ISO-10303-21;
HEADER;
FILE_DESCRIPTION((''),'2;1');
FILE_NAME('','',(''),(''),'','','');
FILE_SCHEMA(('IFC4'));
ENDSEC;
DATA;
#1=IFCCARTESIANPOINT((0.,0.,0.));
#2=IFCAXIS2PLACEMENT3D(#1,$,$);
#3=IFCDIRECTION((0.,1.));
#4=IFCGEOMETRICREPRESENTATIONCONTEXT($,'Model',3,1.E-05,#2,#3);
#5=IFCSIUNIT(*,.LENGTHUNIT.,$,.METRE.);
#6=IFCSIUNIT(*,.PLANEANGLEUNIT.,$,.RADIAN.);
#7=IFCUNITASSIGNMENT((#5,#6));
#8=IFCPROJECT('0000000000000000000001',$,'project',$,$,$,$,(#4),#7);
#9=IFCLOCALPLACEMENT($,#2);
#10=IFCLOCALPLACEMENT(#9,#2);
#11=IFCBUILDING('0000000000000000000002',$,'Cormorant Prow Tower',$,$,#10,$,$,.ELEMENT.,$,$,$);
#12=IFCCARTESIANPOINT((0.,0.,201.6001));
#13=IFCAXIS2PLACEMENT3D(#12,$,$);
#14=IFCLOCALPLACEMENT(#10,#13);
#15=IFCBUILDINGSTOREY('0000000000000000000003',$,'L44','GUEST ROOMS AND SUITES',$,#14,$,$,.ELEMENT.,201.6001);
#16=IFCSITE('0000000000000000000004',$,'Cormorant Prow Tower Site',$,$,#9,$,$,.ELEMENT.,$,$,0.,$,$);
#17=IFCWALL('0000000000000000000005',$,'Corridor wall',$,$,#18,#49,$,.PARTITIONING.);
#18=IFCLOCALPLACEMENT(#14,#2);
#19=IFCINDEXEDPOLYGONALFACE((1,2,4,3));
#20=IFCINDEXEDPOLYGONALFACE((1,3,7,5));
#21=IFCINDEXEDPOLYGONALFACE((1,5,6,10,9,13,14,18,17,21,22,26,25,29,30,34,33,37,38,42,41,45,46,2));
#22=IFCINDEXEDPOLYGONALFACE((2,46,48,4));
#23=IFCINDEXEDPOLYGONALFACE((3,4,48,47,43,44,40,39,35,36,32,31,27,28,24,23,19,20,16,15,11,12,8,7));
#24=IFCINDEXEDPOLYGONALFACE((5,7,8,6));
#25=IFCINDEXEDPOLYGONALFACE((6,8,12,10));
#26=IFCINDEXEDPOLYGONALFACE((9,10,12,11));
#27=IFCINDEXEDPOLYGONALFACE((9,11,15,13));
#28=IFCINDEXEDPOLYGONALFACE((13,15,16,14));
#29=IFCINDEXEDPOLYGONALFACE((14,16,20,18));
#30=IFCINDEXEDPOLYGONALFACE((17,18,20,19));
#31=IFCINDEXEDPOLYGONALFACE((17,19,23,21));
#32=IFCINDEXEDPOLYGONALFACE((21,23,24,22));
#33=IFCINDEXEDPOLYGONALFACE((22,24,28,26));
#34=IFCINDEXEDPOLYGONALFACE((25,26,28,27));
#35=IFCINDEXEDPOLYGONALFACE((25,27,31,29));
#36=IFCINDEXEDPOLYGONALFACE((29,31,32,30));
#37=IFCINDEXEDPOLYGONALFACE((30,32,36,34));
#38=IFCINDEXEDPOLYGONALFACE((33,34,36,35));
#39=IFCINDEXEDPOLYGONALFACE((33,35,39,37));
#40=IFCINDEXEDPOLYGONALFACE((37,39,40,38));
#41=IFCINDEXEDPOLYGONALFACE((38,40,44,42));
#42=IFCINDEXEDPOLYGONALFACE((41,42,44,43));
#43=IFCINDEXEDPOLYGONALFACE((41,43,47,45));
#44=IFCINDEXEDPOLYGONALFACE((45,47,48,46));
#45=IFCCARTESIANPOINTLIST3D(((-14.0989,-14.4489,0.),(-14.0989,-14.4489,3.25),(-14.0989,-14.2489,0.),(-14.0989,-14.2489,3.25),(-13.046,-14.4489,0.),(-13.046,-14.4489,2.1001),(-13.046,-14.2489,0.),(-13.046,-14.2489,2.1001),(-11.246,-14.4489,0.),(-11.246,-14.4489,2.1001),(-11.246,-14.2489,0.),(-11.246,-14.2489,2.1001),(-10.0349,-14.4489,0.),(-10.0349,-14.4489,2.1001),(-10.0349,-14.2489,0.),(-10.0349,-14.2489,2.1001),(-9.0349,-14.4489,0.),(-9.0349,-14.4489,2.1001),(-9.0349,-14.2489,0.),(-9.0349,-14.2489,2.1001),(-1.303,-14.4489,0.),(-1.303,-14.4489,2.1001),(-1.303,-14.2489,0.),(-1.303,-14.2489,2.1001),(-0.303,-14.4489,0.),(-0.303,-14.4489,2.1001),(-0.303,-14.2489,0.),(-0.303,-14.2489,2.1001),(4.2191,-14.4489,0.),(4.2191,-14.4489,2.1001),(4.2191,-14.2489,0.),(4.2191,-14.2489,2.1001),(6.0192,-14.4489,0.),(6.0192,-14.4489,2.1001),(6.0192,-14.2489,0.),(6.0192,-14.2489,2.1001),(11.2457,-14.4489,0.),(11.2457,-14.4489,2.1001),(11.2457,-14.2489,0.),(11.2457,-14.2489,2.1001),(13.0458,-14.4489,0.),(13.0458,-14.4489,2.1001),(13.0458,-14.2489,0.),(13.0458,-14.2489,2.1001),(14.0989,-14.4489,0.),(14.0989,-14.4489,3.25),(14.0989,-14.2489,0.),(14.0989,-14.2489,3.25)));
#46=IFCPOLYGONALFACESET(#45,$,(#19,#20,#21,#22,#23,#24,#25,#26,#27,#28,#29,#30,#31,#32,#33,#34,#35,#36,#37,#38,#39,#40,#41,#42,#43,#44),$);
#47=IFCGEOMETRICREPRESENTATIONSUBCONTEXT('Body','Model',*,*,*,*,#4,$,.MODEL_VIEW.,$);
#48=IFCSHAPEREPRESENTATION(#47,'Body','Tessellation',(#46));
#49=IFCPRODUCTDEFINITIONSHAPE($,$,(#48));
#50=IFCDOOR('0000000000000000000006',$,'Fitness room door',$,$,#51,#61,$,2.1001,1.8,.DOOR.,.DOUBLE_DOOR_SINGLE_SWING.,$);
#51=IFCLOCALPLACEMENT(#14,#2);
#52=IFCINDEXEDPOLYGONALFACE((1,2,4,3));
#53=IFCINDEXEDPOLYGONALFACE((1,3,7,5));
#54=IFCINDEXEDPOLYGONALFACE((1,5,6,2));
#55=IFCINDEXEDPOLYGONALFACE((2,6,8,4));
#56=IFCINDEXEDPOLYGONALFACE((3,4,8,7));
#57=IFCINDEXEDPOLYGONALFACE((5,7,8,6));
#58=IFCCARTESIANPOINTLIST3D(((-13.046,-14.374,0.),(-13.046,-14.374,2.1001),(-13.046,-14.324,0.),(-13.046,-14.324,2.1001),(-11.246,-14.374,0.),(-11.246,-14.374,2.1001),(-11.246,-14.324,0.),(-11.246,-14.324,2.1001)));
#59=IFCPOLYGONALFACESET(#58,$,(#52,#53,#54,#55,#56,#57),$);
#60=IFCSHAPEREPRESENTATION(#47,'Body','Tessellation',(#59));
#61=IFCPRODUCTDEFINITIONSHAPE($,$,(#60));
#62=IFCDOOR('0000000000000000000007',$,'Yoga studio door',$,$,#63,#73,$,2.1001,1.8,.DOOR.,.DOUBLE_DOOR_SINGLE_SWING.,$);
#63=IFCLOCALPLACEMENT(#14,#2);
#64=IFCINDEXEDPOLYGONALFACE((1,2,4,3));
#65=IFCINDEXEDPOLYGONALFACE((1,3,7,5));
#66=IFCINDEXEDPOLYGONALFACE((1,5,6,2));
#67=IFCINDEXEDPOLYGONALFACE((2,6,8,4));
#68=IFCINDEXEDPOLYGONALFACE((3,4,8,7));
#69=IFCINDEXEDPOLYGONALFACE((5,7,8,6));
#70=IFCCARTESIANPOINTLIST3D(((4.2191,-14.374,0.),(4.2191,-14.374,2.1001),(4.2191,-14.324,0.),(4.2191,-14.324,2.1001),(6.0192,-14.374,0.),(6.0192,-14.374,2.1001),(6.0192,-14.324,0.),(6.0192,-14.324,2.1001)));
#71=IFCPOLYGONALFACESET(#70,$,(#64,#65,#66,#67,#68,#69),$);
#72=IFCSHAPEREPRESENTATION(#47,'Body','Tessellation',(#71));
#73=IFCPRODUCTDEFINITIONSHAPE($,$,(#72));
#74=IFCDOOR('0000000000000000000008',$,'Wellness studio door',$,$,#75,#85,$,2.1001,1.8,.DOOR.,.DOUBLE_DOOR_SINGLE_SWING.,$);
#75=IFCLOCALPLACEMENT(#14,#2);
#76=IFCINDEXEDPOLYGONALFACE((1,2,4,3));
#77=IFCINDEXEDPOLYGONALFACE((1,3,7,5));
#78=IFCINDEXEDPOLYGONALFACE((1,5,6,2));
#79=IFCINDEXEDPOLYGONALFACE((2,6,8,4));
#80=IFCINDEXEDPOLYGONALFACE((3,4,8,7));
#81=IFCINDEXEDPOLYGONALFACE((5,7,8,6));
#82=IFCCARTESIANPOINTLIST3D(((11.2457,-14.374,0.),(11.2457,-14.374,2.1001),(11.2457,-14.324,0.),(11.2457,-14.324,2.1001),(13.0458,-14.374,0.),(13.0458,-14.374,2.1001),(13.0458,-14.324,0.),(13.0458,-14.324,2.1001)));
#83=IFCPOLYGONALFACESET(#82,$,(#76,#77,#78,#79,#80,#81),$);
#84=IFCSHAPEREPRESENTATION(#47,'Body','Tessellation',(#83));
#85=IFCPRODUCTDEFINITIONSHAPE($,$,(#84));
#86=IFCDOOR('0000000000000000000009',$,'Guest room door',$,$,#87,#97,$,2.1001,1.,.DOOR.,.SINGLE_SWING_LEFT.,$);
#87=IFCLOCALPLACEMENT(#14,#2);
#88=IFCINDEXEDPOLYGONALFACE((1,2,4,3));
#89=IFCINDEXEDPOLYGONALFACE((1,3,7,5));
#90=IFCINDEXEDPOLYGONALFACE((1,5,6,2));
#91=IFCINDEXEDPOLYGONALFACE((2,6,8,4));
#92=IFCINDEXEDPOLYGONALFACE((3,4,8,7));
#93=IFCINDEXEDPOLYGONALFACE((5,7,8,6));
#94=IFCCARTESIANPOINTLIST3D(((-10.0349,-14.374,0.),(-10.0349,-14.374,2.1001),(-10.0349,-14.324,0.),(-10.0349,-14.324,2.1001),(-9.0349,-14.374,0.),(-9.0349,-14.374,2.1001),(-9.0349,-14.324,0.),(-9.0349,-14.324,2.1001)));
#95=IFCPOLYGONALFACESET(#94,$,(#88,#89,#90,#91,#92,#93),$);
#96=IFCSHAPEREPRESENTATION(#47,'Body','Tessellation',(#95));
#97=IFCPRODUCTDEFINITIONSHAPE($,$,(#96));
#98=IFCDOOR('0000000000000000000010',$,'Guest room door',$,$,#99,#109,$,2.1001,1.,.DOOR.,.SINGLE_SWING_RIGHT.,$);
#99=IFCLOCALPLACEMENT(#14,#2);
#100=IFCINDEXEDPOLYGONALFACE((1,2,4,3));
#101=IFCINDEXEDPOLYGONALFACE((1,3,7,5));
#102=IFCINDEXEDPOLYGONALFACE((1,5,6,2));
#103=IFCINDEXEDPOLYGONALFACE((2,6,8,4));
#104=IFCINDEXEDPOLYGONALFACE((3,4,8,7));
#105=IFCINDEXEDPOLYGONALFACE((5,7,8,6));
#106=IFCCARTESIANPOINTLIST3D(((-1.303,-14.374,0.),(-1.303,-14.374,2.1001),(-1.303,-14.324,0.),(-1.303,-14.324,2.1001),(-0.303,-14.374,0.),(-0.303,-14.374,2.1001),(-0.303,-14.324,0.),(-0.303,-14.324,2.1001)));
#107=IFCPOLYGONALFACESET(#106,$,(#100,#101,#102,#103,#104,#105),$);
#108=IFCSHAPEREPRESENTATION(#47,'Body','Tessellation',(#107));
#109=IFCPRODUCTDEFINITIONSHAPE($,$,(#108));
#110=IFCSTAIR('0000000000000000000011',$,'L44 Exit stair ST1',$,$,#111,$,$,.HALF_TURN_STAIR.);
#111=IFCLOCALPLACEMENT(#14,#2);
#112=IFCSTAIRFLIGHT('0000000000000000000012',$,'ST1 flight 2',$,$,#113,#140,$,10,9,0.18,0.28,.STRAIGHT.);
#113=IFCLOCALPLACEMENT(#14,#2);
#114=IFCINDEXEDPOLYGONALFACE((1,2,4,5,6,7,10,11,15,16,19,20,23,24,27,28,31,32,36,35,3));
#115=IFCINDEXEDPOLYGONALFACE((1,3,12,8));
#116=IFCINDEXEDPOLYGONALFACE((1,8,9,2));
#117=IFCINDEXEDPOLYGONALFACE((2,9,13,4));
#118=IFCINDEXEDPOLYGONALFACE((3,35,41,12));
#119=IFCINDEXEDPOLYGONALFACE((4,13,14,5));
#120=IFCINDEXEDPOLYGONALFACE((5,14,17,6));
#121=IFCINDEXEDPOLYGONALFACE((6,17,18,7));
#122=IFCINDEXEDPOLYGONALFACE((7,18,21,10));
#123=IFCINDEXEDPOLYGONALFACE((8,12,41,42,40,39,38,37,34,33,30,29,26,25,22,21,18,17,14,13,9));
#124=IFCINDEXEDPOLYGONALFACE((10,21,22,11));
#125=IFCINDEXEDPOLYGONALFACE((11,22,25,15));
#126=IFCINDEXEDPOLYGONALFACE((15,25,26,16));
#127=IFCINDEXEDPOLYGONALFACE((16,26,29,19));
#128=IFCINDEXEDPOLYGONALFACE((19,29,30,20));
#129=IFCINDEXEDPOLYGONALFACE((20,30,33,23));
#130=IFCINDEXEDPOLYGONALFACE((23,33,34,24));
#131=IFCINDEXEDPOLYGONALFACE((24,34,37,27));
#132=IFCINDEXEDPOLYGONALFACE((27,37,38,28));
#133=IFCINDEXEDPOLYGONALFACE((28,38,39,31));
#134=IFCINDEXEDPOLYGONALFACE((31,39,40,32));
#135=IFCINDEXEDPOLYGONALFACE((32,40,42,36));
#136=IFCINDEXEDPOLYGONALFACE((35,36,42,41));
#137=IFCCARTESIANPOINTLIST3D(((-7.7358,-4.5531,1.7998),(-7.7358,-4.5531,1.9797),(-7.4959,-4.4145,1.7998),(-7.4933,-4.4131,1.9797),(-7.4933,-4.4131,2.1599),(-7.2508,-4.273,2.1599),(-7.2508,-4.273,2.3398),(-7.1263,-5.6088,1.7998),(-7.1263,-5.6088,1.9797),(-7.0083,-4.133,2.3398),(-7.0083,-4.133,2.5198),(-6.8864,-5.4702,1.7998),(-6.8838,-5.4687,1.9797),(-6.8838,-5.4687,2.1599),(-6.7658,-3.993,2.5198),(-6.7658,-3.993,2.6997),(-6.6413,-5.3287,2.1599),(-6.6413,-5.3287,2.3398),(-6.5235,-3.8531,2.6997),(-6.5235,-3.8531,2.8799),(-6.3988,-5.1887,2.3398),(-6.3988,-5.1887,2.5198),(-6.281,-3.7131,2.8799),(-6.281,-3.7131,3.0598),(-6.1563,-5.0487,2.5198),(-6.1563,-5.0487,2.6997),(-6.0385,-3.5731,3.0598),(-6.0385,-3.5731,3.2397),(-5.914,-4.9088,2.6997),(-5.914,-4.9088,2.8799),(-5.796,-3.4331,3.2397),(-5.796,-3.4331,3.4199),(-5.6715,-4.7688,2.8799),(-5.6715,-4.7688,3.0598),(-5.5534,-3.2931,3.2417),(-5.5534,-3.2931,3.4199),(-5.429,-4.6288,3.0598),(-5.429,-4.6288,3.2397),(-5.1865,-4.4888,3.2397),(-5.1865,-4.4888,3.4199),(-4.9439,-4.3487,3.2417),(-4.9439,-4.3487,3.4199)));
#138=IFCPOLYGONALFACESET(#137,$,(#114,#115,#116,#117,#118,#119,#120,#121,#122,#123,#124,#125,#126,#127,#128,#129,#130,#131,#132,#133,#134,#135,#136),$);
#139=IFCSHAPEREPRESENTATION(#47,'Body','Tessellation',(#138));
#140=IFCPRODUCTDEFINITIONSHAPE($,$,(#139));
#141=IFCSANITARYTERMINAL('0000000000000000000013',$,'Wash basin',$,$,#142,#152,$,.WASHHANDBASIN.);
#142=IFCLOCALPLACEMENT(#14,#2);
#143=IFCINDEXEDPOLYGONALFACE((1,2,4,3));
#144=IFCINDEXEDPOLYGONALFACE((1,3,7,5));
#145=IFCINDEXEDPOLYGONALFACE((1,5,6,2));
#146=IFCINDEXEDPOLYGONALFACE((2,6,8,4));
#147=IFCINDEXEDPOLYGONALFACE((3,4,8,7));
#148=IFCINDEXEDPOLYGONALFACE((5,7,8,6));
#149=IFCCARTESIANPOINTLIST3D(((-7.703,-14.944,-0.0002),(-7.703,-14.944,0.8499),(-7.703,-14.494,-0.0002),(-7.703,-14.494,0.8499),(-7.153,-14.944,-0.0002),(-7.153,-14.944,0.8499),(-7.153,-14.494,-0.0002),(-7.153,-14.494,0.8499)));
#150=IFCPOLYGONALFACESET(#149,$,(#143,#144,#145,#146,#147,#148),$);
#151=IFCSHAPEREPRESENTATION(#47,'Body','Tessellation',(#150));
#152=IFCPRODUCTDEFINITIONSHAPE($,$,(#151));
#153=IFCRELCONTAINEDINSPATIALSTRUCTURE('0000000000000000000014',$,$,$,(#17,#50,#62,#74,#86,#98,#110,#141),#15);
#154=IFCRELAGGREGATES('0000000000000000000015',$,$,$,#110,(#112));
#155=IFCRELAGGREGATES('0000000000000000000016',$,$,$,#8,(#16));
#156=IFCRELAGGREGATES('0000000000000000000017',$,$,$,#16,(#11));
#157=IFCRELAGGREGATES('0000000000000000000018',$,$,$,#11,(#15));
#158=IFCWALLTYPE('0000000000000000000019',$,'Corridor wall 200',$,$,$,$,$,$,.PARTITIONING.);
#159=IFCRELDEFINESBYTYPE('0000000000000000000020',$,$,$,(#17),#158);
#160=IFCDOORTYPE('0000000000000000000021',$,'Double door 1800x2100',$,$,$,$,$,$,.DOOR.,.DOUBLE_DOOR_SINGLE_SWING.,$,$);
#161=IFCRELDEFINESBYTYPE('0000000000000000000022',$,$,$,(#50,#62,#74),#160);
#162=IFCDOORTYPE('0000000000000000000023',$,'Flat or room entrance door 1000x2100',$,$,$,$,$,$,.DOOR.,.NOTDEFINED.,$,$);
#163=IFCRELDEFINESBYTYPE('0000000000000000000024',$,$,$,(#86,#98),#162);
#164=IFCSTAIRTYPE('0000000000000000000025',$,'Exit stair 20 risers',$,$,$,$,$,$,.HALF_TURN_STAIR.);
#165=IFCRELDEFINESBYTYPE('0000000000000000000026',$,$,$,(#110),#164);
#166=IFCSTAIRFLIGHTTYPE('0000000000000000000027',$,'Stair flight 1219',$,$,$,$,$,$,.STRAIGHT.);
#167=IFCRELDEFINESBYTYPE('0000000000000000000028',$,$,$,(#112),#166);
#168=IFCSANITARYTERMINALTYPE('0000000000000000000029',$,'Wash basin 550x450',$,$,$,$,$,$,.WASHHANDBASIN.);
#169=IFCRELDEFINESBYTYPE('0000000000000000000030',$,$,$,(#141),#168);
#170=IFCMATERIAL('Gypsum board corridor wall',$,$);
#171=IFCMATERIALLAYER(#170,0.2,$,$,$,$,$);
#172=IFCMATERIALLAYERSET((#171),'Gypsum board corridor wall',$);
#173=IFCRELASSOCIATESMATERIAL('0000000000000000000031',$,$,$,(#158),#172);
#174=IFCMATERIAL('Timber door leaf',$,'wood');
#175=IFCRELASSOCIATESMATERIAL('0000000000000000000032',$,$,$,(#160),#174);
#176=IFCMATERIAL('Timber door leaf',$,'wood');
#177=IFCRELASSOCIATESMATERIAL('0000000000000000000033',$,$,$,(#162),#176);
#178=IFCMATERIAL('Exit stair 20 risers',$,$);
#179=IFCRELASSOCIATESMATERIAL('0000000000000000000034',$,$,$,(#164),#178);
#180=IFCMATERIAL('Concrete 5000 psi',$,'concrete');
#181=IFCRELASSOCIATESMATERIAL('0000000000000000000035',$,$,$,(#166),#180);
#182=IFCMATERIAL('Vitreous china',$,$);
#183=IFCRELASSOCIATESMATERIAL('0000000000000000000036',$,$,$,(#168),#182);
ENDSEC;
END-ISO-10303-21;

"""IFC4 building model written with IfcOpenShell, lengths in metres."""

from ifc_helpers import new_model, si_unit, direction, frame, frame_2d, origin, origin_2d, place, context, subcontext, project, spatial, polyline, rectangle, outline, extrude, material, layer, layer_set, type_object, element, fill, aggregate, save


model = new_model("IFC4")

# Units and contexts
model_context = context("Model", 3, precision=1e-05, world=origin(), true_north=direction((0.0, 1.0)))
body_context = subcontext(model_context, "Body", "Model", "MODEL_VIEW")
ifc_project = project(units=[si_unit("LENGTHUNIT", "METRE"), si_unit("PLANEANGLEUNIT", "RADIAN")], contexts=[model_context])

# Site, building, storey
site_placement = place(None, origin())
site = spatial("IfcSite", under=ifc_project, at=site_placement, Name="Cormorant Prow Tower Site", CompositionType="ELEMENT", RefElevation=0.0)
building_placement = place(site_placement, origin())
building = spatial("IfcBuilding", under=site, at=building_placement, Name="Cormorant Prow Tower", CompositionType="ELEMENT")
storey_placement = place(building_placement, frame((0.0, 0.0, 201.6001)))
storey = spatial("IfcBuildingStorey", under=building, at=storey_placement, Name="L44", Description="GUEST ROOMS AND SUITES", CompositionType="ELEMENT", Elevation=201.6001)

# Wall, openings, doors
ifc_material_1 = material(Name="Gypsum board corridor wall")
ifc_layer_1 = layer(ifc_material_1, 0.2)
ifc_layer_set_1 = layer_set([ifc_layer_1], Name="Gypsum board corridor wall")
wall_type_1 = type_object("IfcWallType", Name="Corridor wall 200", PredefinedType="PARTITIONING", material=ifc_layer_set_1)
wall_1_placement = place(storey_placement, frame((-14.0989, -14.3489, 0.0), z_axis=(0.0, 0.0, 1.0), x_axis=(1.0, 0.0, 0.0)))
wall_1 = element("IfcWall", 1, at=wall_1_placement, inside=storey, type_object=wall_type_1, Name="Corridor wall", PredefinedType="PARTITIONING", context=body_context, shape_type="SweptSolid", body=[
    extrude(rectangle(XDim=28.1978, YDim=0.2, at=frame_2d((14.0989, 0.0))), origin(), (0.0, 0.0, 1.0), 3.25),
])
opening_1_placement = place(wall_1_placement, frame((1.053, 0.0, 0.0)))
opening_1 = element("IfcOpeningElement", 2, at=opening_1_placement, cuts=wall_1, PredefinedType="OPENING", context=body_context, shape_type="SweptSolid", body=[
    extrude(rectangle(XDim=1.8, YDim=2.1001, at=frame_2d((0.8999, 1.05))), frame((0.0, 0.1099, 0.0), z_axis=(0.0, -1.0, 0.0), x_axis=(1.0, 0.0, 0.0)), (0.0, 0.0, 1.0), 0.22),
])
opening_2_placement = place(wall_1_placement, frame((4.064, 0.0, 0.0)))
opening_2 = element("IfcOpeningElement", 3, at=opening_2_placement, cuts=wall_1, PredefinedType="OPENING", context=body_context, shape_type="SweptSolid", body=[
    extrude(rectangle(XDim=1.0, YDim=2.1001, at=frame_2d((0.5, 1.05))), frame((0.0, 0.1099, 0.0), z_axis=(0.0, -1.0, 0.0), x_axis=(1.0, 0.0, 0.0)), (0.0, 0.0, 1.0), 0.22),
])
opening_3_placement = place(wall_1_placement, frame((12.7959, 0.0, 0.0)))
opening_3 = element("IfcOpeningElement", 4, at=opening_3_placement, cuts=wall_1, PredefinedType="OPENING", context=body_context, shape_type="SweptSolid", body=[
    extrude(rectangle(XDim=1.0, YDim=2.1001, at=frame_2d((0.5, 1.05))), frame((0.0, 0.1099, 0.0), z_axis=(0.0, -1.0, 0.0), x_axis=(1.0, 0.0, 0.0)), (0.0, 0.0, 1.0), 0.22),
])
opening_4_placement = place(wall_1_placement, frame((18.3181, 0.0, 0.0)))
opening_4 = element("IfcOpeningElement", 5, at=opening_4_placement, cuts=wall_1, PredefinedType="OPENING", context=body_context, shape_type="SweptSolid", body=[
    extrude(rectangle(XDim=1.8, YDim=2.1001, at=frame_2d((0.8999, 1.05))), frame((0.0, 0.1099, 0.0), z_axis=(0.0, -1.0, 0.0), x_axis=(1.0, 0.0, 0.0)), (0.0, 0.0, 1.0), 0.22),
])
opening_5_placement = place(wall_1_placement, frame((25.3447, 0.0, 0.0)))
opening_5 = element("IfcOpeningElement", 6, at=opening_5_placement, cuts=wall_1, PredefinedType="OPENING", context=body_context, shape_type="SweptSolid", body=[
    extrude(rectangle(XDim=1.8, YDim=2.1001, at=frame_2d((0.8999, 1.05))), frame((0.0, 0.1099, 0.0), z_axis=(0.0, -1.0, 0.0), x_axis=(1.0, 0.0, 0.0)), (0.0, 0.0, 1.0), 0.22),
])
ifc_material_2 = material(Name="Timber door leaf", Category="wood")
door_type_1 = type_object("IfcDoorType", Name="Double door 1800x2100", OperationType="DOUBLE_DOOR_SINGLE_SWING", PredefinedType="DOOR", material=ifc_material_2)
door_1_placement = place(opening_1_placement, origin())
door_1 = element("IfcDoor", 7, at=door_1_placement, inside=storey, type_object=door_type_1, Name="Fitness room door", OperationType="DOUBLE_DOOR_SINGLE_SWING", OverallHeight=2.1001, OverallWidth=1.8, PredefinedType="DOOR", context=body_context, shape_type="SweptSolid", body=[
    extrude(rectangle(XDim=1.8, YDim=2.1001, at=frame_2d((0.8999, 1.05))), frame((0.0, 0.0249, 0.0), z_axis=(0.0, -1.0, 0.0), x_axis=(1.0, 0.0, 0.0)), (0.0, 0.0, 1.0), 0.05),
])
fill(opening_1, door_1)
door_2_placement = place(opening_4_placement, origin())
door_2 = element("IfcDoor", 8, at=door_2_placement, inside=storey, type_object=door_type_1, Name="Yoga studio door", OperationType="DOUBLE_DOOR_SINGLE_SWING", OverallHeight=2.1001, OverallWidth=1.8, PredefinedType="DOOR", context=body_context, shape_type="SweptSolid", body=[
    extrude(rectangle(XDim=1.8, YDim=2.1001, at=frame_2d((0.8999, 1.05))), frame((0.0, 0.0249, 0.0), z_axis=(0.0, -1.0, 0.0), x_axis=(1.0, 0.0, 0.0)), (0.0, 0.0, 1.0), 0.05),
])
fill(opening_4, door_2)
door_3_placement = place(opening_5_placement, origin())
door_3 = element("IfcDoor", 9, at=door_3_placement, inside=storey, type_object=door_type_1, Name="Wellness studio door", OperationType="DOUBLE_DOOR_SINGLE_SWING", OverallHeight=2.1001, OverallWidth=1.8, PredefinedType="DOOR", context=body_context, shape_type="SweptSolid", body=[
    extrude(rectangle(XDim=1.8, YDim=2.1001, at=frame_2d((0.8999, 1.05))), frame((0.0, 0.0249, 0.0), z_axis=(0.0, -1.0, 0.0), x_axis=(1.0, 0.0, 0.0)), (0.0, 0.0, 1.0), 0.05),
])
fill(opening_5, door_3)
ifc_material_3 = material(Name="Timber door leaf", Category="wood")
door_type_2 = type_object("IfcDoorType", Name="Flat or room entrance door 1000x2100", OperationType="NOTDEFINED", PredefinedType="DOOR", material=ifc_material_3)
door_4_placement = place(opening_2_placement, origin())
door_4 = element("IfcDoor", 10, at=door_4_placement, inside=storey, type_object=door_type_2, Name="Guest room door", OperationType="SINGLE_SWING_LEFT", OverallHeight=2.1001, OverallWidth=1.0, PredefinedType="DOOR", context=body_context, shape_type="SweptSolid", body=[
    extrude(rectangle(XDim=1.0, YDim=2.1001, at=frame_2d((0.5, 1.05))), frame((0.0, 0.0249, 0.0), z_axis=(0.0, -1.0, 0.0), x_axis=(1.0, 0.0, 0.0)), (0.0, 0.0, 1.0), 0.05),
])
fill(opening_2, door_4)
door_5_placement = place(opening_3_placement, origin())
door_5 = element("IfcDoor", 11, at=door_5_placement, inside=storey, type_object=door_type_2, Name="Guest room door", OperationType="SINGLE_SWING_RIGHT", OverallHeight=2.1001, OverallWidth=1.0, PredefinedType="DOOR", context=body_context, shape_type="SweptSolid", body=[
    extrude(rectangle(XDim=1.0, YDim=2.1001, at=frame_2d((0.5, 1.05))), frame((0.0, 0.0249, 0.0), z_axis=(0.0, -1.0, 0.0), x_axis=(1.0, 0.0, 0.0)), (0.0, 0.0, 1.0), 0.05),
])
fill(opening_3, door_5)

# Stair, stair flight
ifc_material_4 = material(Name="Exit stair 20 risers")
stair_type = type_object("IfcStairType", Name="Exit stair 20 risers", PredefinedType="HALF_TURN_STAIR", material=ifc_material_4)
stair_placement = place(storey_placement, origin())
stair = element("IfcStair", 12, at=stair_placement, inside=storey, type_object=stair_type, Name="L44 Exit stair ST1", PredefinedType="HALF_TURN_STAIR")
ifc_material_5 = material(Name="Concrete 5000 psi", Category="concrete")
stair_flight_type = type_object("IfcStairFlightType", Name="Stair flight 1219", PredefinedType="STRAIGHT", material=ifc_material_5)
stair_flight_placement = place(storey_placement, frame((-7.4312, -5.0808, 1.7998), z_axis=(0.0, 0.0, 1.0), x_axis=(0.866025, 0.5, 0.0)))
stair_flight = element("IfcStairFlight", 13, at=stair_flight_placement, type_object=stair_flight_type, Name="ST1 flight 2", NumberOfRisers=10, NumberOfTreads=9, PredefinedType="STRAIGHT", RiserHeight=0.18, TreadLength=0.28, context=body_context, shape_type="SweptSolid", body=[
    extrude(outline(polyline([(0.0, 0.0), (0.0, 0.1799), (0.28, 0.1799), (0.28, 0.3601), (0.5601, 0.3601), (0.5601, 0.54), (0.8401, 0.54), (0.8401, 0.72), (1.1201, 0.72), (1.1201, 0.8999), (1.3999, 0.8999), (1.3999, 1.0801), (1.6799, 1.0801), (1.6799, 1.26), (1.96, 1.26), (1.96, 1.4399), (2.24, 1.4399), (2.24, 1.6201), (2.52, 1.6201), (2.52, 1.8), (2.52, 1.4419), (0.2771, 0.0), (0.0, 0.0)])), frame((0.0, 0.6094, 0.0), z_axis=(0.0, -1.0, 0.0), x_axis=(1.0, 0.0, 0.0)), (0.0, 0.0, 1.0), 1.219),
])
aggregate(stair, [stair_flight])

# Sanitary terminal
ifc_material_6 = material(Name="Vitreous china")
sanitary_terminal_type = type_object("IfcSanitaryTerminalType", Name="Wash basin 550x450", PredefinedType="WASHHANDBASIN", material=ifc_material_6)
sanitary_terminal_placement = place(storey_placement, frame((-7.428, -14.719, -0.0002), z_axis=(0.0, 0.0, 1.0), x_axis=(1.0, 0.0, 0.0)))
element("IfcSanitaryTerminal", 14, at=sanitary_terminal_placement, inside=storey, type_object=sanitary_terminal_type, Name="Wash basin", PredefinedType="WASHHANDBASIN", context=body_context, shape_type="SweptSolid", body=[
    extrude(rectangle(XDim=0.55, YDim=0.45, at=origin_2d()), origin(), (0.0, 0.0, 1.0), 0.8501),
])

save(model, "model.ifc")
